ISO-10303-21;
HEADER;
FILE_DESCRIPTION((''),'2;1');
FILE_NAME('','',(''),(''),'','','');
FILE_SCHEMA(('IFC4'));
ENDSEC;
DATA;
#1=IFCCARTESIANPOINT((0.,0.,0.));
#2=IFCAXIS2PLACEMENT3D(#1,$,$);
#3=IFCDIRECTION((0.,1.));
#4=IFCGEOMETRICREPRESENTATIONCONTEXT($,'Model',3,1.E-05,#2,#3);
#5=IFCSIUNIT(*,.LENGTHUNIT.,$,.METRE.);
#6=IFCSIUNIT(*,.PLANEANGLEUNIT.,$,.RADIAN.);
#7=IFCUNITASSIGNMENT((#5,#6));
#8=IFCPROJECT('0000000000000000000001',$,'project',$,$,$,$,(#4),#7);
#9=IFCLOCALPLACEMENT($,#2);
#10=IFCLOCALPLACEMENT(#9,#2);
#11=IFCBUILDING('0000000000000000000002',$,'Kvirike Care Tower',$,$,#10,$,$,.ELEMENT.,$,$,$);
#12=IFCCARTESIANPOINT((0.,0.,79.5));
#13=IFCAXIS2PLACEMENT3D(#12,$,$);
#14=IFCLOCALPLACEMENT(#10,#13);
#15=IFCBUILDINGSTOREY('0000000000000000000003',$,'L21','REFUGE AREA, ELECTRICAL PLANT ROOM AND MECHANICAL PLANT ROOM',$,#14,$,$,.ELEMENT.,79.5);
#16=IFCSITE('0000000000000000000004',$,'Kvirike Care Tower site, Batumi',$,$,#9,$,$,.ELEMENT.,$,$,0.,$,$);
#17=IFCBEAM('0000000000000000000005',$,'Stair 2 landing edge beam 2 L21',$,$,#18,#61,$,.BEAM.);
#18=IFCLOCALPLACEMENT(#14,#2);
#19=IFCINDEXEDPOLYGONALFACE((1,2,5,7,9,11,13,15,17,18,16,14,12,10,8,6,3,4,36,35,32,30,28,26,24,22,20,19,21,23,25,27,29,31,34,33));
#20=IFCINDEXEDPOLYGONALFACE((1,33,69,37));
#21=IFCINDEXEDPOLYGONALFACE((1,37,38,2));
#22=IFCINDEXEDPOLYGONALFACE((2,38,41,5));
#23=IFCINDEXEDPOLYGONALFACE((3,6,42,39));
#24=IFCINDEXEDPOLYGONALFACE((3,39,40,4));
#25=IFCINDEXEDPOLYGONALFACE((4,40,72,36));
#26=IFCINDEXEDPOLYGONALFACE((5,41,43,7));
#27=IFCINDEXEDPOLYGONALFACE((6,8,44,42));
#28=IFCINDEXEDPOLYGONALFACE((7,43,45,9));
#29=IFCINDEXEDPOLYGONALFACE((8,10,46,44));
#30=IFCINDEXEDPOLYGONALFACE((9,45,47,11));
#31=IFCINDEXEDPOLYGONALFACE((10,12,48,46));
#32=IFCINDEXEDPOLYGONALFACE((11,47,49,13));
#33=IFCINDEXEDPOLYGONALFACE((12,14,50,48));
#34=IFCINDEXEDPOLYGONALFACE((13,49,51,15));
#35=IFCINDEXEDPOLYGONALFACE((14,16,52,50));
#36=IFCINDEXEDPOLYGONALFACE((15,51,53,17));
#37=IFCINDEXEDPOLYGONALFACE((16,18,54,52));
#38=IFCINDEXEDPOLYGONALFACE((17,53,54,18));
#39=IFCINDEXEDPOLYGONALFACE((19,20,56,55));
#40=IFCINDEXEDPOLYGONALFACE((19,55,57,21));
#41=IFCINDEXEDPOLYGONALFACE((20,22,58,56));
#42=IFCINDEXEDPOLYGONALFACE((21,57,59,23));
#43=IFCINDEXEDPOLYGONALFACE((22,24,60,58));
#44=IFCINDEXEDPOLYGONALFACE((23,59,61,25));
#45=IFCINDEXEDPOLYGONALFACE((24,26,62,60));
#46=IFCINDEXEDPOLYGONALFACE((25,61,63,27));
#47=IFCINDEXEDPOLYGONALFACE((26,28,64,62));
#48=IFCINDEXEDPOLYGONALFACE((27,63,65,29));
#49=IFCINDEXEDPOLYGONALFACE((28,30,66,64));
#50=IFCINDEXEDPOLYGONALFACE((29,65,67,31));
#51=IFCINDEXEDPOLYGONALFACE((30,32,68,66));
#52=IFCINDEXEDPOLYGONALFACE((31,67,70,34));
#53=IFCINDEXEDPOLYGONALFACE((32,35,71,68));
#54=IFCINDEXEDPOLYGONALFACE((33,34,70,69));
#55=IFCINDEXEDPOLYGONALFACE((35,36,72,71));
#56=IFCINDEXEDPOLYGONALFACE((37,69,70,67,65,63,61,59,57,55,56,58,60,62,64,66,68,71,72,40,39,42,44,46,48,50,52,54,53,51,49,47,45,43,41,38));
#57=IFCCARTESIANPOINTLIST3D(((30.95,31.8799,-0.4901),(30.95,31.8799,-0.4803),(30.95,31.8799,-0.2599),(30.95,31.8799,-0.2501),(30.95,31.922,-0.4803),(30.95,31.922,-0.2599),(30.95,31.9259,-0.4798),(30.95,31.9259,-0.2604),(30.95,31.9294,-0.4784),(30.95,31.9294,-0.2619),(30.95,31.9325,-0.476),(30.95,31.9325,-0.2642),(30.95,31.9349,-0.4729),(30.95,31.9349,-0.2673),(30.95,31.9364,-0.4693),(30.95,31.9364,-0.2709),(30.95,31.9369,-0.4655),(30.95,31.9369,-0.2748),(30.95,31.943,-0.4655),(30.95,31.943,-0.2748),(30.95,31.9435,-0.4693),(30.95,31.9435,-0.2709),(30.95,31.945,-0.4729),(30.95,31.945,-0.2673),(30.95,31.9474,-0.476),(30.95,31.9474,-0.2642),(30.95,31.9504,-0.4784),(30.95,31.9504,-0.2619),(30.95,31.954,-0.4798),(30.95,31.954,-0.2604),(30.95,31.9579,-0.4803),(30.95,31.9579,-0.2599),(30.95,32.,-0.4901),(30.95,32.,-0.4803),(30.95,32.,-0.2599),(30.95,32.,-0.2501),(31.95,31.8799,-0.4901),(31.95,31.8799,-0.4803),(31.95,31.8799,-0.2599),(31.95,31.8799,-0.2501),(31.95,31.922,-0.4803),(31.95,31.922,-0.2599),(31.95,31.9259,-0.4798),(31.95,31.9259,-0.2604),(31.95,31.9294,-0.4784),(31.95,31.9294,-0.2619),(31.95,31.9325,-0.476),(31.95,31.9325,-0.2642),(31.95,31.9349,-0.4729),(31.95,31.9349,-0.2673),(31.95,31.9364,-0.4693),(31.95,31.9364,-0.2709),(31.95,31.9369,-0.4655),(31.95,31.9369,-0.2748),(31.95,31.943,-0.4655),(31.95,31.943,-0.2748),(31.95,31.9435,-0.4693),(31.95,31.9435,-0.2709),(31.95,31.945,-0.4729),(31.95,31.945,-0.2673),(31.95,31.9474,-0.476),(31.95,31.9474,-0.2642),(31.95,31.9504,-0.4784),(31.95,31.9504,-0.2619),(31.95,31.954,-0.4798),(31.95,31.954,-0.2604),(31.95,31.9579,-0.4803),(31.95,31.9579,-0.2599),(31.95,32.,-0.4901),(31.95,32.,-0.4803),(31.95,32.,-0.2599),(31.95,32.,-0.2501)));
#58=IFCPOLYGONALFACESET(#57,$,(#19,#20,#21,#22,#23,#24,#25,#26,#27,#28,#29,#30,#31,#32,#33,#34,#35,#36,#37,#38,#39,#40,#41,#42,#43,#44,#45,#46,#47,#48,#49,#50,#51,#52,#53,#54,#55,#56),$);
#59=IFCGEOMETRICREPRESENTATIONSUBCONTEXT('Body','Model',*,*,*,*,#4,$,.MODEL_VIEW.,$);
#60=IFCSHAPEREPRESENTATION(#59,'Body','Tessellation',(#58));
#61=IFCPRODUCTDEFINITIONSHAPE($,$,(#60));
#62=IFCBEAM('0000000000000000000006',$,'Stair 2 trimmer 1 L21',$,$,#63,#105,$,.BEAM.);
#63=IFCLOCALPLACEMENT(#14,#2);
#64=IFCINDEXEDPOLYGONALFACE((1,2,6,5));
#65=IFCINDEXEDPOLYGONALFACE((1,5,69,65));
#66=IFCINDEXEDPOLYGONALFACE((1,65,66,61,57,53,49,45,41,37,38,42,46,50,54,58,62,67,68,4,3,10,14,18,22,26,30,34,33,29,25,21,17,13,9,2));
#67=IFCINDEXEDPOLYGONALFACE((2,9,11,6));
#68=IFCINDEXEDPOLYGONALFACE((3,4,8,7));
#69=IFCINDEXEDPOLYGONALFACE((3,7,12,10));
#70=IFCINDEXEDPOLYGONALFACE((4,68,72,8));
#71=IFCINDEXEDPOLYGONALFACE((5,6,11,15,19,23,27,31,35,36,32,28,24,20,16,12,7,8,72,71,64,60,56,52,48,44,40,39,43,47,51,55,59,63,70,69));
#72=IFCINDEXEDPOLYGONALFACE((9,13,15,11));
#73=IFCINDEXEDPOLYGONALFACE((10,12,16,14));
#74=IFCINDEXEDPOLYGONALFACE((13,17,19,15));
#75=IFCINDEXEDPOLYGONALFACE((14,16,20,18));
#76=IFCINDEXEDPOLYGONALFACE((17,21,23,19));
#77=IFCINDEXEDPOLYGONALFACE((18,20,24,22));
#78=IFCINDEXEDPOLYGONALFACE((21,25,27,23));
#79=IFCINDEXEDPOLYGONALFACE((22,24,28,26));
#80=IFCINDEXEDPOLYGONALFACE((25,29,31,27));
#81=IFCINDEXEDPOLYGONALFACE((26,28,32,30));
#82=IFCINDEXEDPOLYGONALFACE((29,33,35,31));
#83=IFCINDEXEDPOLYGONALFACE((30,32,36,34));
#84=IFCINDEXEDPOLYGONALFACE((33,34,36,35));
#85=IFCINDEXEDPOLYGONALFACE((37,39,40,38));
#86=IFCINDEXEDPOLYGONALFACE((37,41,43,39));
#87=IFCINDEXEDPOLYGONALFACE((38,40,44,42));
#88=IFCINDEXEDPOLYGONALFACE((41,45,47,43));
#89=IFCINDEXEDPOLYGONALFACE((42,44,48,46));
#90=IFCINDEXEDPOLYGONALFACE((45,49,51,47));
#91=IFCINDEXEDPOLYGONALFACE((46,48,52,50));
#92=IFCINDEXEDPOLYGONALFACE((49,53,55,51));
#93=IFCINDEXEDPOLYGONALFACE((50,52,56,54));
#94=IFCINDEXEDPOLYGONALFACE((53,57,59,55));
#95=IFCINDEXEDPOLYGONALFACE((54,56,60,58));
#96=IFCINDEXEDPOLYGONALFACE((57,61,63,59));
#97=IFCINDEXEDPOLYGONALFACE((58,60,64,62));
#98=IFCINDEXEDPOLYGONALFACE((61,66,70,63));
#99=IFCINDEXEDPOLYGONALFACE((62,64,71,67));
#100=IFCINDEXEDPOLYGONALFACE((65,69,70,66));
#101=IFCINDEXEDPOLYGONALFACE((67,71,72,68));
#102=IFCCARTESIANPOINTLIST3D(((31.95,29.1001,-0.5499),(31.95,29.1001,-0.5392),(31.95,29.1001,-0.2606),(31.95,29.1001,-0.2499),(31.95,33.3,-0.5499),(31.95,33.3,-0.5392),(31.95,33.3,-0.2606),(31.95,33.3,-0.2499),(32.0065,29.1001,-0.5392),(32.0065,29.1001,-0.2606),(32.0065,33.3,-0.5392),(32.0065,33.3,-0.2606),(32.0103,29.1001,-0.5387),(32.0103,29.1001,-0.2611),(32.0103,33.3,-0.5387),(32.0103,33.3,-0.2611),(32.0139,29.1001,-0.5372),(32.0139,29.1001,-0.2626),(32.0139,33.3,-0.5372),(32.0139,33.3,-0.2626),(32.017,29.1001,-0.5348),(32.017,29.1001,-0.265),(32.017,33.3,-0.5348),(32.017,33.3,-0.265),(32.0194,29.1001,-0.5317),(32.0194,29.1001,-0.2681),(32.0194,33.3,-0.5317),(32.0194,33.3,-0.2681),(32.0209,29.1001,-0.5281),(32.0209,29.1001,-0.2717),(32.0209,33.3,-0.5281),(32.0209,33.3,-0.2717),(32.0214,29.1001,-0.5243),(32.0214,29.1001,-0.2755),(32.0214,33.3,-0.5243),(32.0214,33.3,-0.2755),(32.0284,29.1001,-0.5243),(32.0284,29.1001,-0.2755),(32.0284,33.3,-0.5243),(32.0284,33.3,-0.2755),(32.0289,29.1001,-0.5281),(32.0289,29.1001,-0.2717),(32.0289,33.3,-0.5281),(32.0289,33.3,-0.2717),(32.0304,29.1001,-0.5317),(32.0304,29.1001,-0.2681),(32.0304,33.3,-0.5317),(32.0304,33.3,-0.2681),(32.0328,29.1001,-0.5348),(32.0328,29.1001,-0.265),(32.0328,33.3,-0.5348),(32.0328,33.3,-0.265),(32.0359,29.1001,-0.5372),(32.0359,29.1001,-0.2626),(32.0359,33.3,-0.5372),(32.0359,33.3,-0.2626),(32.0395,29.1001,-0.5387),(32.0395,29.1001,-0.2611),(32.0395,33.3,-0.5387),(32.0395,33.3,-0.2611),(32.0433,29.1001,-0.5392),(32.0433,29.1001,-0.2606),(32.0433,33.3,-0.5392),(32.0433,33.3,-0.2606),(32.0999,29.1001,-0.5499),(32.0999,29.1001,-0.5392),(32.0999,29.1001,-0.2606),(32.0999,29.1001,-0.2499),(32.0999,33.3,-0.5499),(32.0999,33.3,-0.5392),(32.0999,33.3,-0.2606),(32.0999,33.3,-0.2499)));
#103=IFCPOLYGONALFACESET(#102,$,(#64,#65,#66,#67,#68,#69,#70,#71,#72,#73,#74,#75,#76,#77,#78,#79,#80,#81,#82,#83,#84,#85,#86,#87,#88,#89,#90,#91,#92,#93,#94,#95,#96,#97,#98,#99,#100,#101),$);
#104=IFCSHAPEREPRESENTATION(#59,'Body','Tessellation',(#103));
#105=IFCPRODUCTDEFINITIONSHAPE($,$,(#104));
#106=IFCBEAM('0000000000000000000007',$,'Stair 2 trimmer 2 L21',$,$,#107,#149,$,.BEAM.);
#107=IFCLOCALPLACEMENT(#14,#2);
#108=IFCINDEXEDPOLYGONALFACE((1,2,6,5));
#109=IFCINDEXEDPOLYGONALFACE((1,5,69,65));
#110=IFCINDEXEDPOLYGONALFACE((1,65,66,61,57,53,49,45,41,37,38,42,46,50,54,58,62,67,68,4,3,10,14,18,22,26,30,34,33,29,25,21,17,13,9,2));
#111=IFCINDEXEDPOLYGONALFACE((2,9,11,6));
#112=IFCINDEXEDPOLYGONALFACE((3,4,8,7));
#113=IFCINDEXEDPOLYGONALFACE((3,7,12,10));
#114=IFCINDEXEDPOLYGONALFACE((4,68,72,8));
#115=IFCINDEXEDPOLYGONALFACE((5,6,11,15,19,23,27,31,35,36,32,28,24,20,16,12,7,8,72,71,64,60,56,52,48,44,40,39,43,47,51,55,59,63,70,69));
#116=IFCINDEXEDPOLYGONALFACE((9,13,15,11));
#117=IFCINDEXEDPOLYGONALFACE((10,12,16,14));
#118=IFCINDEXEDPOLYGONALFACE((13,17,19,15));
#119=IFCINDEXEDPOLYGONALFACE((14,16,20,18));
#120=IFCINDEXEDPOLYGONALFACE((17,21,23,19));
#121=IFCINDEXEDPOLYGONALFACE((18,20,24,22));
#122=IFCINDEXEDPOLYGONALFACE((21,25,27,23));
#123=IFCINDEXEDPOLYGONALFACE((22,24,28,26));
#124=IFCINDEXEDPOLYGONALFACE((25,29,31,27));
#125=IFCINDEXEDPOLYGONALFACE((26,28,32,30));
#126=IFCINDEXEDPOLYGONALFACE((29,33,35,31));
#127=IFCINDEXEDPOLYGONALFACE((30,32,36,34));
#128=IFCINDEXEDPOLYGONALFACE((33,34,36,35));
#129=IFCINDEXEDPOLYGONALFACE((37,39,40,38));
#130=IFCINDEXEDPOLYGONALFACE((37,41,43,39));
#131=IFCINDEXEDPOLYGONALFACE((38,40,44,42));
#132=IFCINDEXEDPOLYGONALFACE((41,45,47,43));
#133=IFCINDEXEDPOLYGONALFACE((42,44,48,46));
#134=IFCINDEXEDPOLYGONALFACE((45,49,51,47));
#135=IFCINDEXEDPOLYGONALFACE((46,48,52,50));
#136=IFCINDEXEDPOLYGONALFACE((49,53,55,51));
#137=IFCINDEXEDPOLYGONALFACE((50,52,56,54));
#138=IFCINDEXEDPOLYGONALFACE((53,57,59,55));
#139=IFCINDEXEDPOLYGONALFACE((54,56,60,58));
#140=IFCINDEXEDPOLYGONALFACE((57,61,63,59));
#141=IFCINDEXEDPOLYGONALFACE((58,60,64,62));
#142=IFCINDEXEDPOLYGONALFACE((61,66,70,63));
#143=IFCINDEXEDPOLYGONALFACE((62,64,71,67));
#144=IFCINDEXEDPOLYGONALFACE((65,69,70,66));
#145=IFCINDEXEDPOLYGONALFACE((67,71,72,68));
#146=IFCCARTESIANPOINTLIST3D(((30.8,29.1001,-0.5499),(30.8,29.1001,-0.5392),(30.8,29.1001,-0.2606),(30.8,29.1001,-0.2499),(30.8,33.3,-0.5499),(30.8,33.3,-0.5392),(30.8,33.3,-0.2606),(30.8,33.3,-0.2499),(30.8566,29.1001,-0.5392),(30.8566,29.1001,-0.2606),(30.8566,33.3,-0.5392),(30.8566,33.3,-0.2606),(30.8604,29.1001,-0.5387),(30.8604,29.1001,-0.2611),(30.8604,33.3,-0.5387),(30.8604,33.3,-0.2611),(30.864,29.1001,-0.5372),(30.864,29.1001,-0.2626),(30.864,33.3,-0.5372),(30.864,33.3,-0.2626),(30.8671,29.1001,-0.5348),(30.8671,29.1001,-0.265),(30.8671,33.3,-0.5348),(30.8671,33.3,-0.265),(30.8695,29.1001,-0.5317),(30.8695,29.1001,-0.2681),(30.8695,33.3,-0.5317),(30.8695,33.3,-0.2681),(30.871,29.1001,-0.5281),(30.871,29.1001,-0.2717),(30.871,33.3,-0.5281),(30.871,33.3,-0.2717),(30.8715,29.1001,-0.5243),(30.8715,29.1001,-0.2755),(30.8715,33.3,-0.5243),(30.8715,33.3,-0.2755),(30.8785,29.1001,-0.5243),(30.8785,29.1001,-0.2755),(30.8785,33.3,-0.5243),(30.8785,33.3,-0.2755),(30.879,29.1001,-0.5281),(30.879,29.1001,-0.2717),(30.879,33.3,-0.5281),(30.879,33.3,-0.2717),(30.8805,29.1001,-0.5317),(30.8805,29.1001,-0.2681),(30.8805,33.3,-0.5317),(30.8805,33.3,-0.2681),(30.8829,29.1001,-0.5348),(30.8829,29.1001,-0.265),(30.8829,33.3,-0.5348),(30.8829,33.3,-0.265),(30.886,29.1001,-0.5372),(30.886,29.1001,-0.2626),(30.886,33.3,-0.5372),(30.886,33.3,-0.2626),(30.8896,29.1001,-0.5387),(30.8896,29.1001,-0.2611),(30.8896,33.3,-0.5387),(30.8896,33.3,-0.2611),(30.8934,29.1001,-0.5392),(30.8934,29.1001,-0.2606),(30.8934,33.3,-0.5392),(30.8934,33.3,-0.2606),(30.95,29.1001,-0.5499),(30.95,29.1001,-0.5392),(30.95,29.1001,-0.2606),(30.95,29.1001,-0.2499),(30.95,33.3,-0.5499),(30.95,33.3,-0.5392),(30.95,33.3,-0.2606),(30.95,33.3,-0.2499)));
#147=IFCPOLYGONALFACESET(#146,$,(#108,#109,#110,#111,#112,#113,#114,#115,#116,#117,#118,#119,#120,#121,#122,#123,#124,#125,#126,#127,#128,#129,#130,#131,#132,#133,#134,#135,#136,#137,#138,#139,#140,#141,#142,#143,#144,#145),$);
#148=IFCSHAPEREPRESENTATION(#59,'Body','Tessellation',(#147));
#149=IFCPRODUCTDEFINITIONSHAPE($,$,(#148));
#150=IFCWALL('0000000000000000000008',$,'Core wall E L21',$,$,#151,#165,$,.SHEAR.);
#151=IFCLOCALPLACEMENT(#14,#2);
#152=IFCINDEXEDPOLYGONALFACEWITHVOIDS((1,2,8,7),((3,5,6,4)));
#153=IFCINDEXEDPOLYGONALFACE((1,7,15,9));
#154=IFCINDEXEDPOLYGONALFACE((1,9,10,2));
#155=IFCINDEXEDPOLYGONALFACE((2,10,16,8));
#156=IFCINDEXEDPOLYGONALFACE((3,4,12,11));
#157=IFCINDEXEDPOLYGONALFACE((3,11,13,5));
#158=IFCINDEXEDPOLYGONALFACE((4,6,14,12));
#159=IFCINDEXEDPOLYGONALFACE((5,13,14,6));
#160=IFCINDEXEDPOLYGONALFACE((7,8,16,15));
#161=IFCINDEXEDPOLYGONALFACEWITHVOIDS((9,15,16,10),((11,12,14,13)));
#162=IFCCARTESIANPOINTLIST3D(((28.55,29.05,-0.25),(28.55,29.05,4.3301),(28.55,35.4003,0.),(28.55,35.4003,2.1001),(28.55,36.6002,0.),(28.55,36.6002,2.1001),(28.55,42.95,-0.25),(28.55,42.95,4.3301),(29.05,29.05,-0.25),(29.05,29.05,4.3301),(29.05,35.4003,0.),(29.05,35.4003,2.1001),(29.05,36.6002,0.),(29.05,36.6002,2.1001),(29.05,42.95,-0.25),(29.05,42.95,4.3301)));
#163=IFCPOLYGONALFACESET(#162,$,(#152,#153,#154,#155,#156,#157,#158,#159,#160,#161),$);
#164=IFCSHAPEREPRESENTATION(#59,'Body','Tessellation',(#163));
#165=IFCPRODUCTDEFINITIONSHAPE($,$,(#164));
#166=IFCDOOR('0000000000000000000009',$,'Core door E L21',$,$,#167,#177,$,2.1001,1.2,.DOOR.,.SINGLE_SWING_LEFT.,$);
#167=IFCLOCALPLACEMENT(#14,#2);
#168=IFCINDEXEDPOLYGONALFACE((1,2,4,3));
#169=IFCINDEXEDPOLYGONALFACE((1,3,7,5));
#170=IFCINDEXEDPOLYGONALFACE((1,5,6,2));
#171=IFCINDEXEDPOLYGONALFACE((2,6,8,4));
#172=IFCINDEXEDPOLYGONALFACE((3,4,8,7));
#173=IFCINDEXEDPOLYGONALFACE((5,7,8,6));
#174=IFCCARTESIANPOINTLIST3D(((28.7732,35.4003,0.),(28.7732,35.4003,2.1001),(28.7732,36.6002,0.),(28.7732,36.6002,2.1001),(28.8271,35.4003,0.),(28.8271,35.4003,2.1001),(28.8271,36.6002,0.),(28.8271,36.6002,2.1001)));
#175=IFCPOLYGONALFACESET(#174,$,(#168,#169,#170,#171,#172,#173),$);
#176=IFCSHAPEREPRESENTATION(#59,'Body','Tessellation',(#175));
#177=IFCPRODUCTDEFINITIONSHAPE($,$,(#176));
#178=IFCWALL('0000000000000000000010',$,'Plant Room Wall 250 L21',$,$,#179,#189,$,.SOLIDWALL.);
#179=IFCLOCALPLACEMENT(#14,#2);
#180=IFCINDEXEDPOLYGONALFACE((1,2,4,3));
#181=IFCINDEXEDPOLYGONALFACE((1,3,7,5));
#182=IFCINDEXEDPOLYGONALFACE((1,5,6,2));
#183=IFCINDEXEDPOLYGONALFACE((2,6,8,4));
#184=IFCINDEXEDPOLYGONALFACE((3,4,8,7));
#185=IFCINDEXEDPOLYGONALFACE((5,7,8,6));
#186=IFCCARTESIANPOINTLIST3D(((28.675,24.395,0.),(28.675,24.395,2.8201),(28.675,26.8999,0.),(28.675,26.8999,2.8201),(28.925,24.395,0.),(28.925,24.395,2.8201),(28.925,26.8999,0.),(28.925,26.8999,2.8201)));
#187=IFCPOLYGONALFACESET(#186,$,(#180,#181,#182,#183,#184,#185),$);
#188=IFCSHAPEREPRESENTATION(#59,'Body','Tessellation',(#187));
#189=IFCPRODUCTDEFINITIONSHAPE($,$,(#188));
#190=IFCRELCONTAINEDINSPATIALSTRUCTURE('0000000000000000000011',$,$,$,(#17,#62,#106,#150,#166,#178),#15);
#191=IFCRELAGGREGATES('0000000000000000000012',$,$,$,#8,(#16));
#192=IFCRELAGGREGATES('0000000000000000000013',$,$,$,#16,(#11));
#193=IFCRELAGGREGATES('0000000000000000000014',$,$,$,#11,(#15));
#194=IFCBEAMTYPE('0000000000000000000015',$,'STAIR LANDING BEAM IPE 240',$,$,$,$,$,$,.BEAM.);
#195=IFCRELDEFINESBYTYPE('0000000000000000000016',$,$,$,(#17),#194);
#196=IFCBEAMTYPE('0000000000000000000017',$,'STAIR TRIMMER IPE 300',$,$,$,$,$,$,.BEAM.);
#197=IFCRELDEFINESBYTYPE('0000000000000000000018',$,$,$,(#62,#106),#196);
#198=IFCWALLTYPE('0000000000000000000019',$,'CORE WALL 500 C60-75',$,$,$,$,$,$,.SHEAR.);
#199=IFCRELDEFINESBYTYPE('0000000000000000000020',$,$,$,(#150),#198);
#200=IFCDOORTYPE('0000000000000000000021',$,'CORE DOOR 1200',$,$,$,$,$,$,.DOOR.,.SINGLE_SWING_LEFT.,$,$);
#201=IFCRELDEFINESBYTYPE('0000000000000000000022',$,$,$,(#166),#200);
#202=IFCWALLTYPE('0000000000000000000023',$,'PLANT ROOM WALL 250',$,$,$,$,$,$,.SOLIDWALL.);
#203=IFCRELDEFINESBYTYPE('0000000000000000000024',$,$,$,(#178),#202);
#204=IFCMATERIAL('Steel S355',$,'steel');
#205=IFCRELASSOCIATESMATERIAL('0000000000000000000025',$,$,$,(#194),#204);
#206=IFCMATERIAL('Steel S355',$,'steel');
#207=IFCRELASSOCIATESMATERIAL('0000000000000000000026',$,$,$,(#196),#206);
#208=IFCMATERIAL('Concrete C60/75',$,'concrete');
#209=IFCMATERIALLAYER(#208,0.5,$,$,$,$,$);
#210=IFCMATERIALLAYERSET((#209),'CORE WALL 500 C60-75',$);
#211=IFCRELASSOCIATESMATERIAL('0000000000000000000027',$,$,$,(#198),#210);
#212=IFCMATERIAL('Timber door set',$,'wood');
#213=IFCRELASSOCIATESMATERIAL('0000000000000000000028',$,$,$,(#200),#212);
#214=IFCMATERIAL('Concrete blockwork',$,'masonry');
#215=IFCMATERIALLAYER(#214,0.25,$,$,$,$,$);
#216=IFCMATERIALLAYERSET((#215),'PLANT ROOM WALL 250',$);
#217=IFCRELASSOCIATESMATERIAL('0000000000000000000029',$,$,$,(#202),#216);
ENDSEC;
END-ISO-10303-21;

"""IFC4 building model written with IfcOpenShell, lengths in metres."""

from ifc_helpers import new_model, si_unit, direction, frame, frame_2d, origin, origin_2d, place, context, subcontext, project, spatial, rectangle, i_section, extrude, material, layer, layer_set, material_profile, profile_set, type_object, element, fill, save


model = new_model("IFC4")

# Units and contexts
model_context = context("Model", 3, precision=1e-05, world=origin(), true_north=direction((0.0, 1.0)))
body_context = subcontext(model_context, "Body", "Model", "MODEL_VIEW")
ifc_project = project(units=[si_unit("LENGTHUNIT", "METRE"), si_unit("PLANEANGLEUNIT", "RADIAN")], contexts=[model_context])

# Site, building, storey
site_placement = place(None, origin())
site = spatial("IfcSite", under=ifc_project, at=site_placement, Name="Kvirike Care Tower site, Batumi", CompositionType="ELEMENT", RefElevation=0.0)
building_placement = place(site_placement, origin())
building = spatial("IfcBuilding", under=site, at=building_placement, Name="Kvirike Care Tower", CompositionType="ELEMENT")
storey_placement = place(building_placement, frame((0.0, 0.0, 79.5)))
storey = spatial("IfcBuildingStorey", under=building, at=storey_placement, Name="L21", Description="REFUGE AREA, ELECTRICAL PLANT ROOM AND MECHANICAL PLANT ROOM", CompositionType="ELEMENT", Elevation=79.5)

# Beams
ifc_material_1 = material(Name="Steel S355", Category="steel")
ifc_material_profile_1 = material_profile(ifc_material_1, i_section(OverallWidth=0.1201, OverallDepth=0.24, WebThickness=0.0061, FlangeThickness=0.0098, FilletRadius=0.0149, at=origin_2d()), Name="IPE 240")
ifc_profile_set_1 = profile_set([ifc_material_profile_1], Name="Steel S355")
beam_type_1 = type_object("IfcBeamType", Name="STAIR LANDING BEAM IPE 240", PredefinedType="BEAM", material=ifc_profile_set_1)
for number, where, z_axis, x_axis, name in (
    (1, (31.95, 31.9399, -0.3701), (-1.0, 0.0, 0.0), (0.0, -1.0, 0.0), "Stair 2 landing edge beam 2 L21"),
):
    element("IfcBeam", number, at=place(storey_placement, frame(where, z_axis=z_axis, x_axis=x_axis)), inside=storey, type_object=beam_type_1, Name=name, PredefinedType="BEAM", context=body_context, shape_type="SweptSolid", body=[
        extrude(i_section(OverallWidth=0.1201, OverallDepth=0.24, WebThickness=0.0061, FlangeThickness=0.0098, FilletRadius=0.0149, at=origin_2d()), origin(), (0.0, 0.0, 1.0), 1.0),
    ])
ifc_material_2 = material(Name="Steel S355", Category="steel")
ifc_material_profile_2 = material_profile(ifc_material_2, i_section(OverallWidth=0.1499, OverallDepth=0.3, WebThickness=0.0071, FlangeThickness=0.0107, FilletRadius=0.0149, at=origin_2d()), Name="IPE 300")
ifc_profile_set_2 = profile_set([ifc_material_profile_2], Name="Steel S355")
beam_type_2 = type_object("IfcBeamType", Name="STAIR TRIMMER IPE 300", PredefinedType="BEAM", material=ifc_profile_set_2)
for number, where, z_axis, x_axis, name in (
    (2, (32.0249, 29.1001, -0.3999), (0.0, 1.0, 0.0), (-1.0, 0.0, 0.0), "Stair 2 trimmer 1 L21"),
    (3, (30.875, 29.1001, -0.3999), (0.0, 1.0, 0.0), (-1.0, 0.0, 0.0), "Stair 2 trimmer 2 L21"),
):
    element("IfcBeam", number, at=place(storey_placement, frame(where, z_axis=z_axis, x_axis=x_axis)), inside=storey, type_object=beam_type_2, Name=name, PredefinedType="BEAM", context=body_context, shape_type="SweptSolid", body=[
        extrude(i_section(OverallWidth=0.1499, OverallDepth=0.3, WebThickness=0.0071, FlangeThickness=0.0107, FilletRadius=0.0149, at=origin_2d()), origin(), (0.0, 0.0, 1.0), 4.2),
    ])

# Wall, opening, door
ifc_material_3 = material(Name="Concrete C60/75", Category="concrete")
ifc_layer_1 = layer(ifc_material_3, 0.5)
ifc_layer_set_1 = layer_set([ifc_layer_1], Name="CORE WALL 500 C60-75")
wall_type_1 = type_object("IfcWallType", Name="CORE WALL 500 C60-75", PredefinedType="SHEAR", material=ifc_layer_set_1)
wall_1_placement = place(storey_placement, frame((28.8, 29.05, -0.25), z_axis=(0.0, 0.0, 1.0), x_axis=(0.0, 1.0, 0.0)))
wall_1 = element("IfcWall", 4, at=wall_1_placement, inside=storey, type_object=wall_type_1, Name="Core wall E L21", PredefinedType="SHEAR", context=body_context, shape_type="SweptSolid", body=[
    extrude(rectangle(XDim=13.8999, YDim=0.5, at=frame_2d((6.95, 0.0))), origin(), (0.0, 0.0, 1.0), 4.5801),
])
opening_1_placement = place(wall_1_placement, frame((6.3501, 0.0, 0.25)))
opening_1 = element("IfcOpeningElement", 5, at=opening_1_placement, cuts=wall_1, PredefinedType="OPENING", context=body_context, shape_type="SweptSolid", body=[
    extrude(rectangle(XDim=1.2, YDim=2.1001, at=frame_2d((0.6001, 1.05))), frame((0.0, 0.2605, 0.0), z_axis=(0.0, -1.0, 0.0), x_axis=(1.0, 0.0, 0.0)), (0.0, 0.0, 1.0), 0.521),
])
ifc_material_4 = material(Name="Timber door set", Category="wood")
door_type_1 = type_object("IfcDoorType", Name="CORE DOOR 1200", OperationType="SINGLE_SWING_LEFT", PredefinedType="DOOR", material=ifc_material_4)
door_1_placement = place(opening_1_placement, origin())
door_1 = element("IfcDoor", 6, at=door_1_placement, inside=storey, type_object=door_type_1, Name="Core door E L21", OperationType="SINGLE_SWING_LEFT", OverallHeight=2.1001, OverallWidth=1.2, PredefinedType="DOOR", context=body_context, shape_type="SweptSolid", body=[
    extrude(rectangle(XDim=1.2, YDim=2.1001, at=frame_2d((0.6001, 1.05))), frame((0.0, 0.0269, 0.0), z_axis=(0.0, -1.0, 0.0), x_axis=(1.0, 0.0, 0.0)), (0.0, 0.0, 1.0), 0.054),
])
fill(opening_1, door_1)
ifc_material_5 = material(Name="Concrete blockwork", Category="masonry")
ifc_layer_2 = layer(ifc_material_5, 0.25)
ifc_layer_set_2 = layer_set([ifc_layer_2], Name="PLANT ROOM WALL 250")
wall_type_2 = type_object("IfcWallType", Name="PLANT ROOM WALL 250", PredefinedType="SOLIDWALL", material=ifc_layer_set_2)

# Wall
wall_2_placement = place(storey_placement, frame((28.8, 24.395, 0.0), z_axis=(0.0, 0.0, 1.0), x_axis=(0.0, 1.0, 0.0)))
element("IfcWall", 7, at=wall_2_placement, inside=storey, type_object=wall_type_2, Name="Plant Room Wall 250 L21", PredefinedType="SOLIDWALL", context=body_context, shape_type="SweptSolid", body=[
    extrude(rectangle(XDim=2.5049, YDim=0.25, at=frame_2d((1.2524, 0.0))), origin(), (0.0, 0.0, 1.0), 2.8201),
])

save(model, "model.ifc")
